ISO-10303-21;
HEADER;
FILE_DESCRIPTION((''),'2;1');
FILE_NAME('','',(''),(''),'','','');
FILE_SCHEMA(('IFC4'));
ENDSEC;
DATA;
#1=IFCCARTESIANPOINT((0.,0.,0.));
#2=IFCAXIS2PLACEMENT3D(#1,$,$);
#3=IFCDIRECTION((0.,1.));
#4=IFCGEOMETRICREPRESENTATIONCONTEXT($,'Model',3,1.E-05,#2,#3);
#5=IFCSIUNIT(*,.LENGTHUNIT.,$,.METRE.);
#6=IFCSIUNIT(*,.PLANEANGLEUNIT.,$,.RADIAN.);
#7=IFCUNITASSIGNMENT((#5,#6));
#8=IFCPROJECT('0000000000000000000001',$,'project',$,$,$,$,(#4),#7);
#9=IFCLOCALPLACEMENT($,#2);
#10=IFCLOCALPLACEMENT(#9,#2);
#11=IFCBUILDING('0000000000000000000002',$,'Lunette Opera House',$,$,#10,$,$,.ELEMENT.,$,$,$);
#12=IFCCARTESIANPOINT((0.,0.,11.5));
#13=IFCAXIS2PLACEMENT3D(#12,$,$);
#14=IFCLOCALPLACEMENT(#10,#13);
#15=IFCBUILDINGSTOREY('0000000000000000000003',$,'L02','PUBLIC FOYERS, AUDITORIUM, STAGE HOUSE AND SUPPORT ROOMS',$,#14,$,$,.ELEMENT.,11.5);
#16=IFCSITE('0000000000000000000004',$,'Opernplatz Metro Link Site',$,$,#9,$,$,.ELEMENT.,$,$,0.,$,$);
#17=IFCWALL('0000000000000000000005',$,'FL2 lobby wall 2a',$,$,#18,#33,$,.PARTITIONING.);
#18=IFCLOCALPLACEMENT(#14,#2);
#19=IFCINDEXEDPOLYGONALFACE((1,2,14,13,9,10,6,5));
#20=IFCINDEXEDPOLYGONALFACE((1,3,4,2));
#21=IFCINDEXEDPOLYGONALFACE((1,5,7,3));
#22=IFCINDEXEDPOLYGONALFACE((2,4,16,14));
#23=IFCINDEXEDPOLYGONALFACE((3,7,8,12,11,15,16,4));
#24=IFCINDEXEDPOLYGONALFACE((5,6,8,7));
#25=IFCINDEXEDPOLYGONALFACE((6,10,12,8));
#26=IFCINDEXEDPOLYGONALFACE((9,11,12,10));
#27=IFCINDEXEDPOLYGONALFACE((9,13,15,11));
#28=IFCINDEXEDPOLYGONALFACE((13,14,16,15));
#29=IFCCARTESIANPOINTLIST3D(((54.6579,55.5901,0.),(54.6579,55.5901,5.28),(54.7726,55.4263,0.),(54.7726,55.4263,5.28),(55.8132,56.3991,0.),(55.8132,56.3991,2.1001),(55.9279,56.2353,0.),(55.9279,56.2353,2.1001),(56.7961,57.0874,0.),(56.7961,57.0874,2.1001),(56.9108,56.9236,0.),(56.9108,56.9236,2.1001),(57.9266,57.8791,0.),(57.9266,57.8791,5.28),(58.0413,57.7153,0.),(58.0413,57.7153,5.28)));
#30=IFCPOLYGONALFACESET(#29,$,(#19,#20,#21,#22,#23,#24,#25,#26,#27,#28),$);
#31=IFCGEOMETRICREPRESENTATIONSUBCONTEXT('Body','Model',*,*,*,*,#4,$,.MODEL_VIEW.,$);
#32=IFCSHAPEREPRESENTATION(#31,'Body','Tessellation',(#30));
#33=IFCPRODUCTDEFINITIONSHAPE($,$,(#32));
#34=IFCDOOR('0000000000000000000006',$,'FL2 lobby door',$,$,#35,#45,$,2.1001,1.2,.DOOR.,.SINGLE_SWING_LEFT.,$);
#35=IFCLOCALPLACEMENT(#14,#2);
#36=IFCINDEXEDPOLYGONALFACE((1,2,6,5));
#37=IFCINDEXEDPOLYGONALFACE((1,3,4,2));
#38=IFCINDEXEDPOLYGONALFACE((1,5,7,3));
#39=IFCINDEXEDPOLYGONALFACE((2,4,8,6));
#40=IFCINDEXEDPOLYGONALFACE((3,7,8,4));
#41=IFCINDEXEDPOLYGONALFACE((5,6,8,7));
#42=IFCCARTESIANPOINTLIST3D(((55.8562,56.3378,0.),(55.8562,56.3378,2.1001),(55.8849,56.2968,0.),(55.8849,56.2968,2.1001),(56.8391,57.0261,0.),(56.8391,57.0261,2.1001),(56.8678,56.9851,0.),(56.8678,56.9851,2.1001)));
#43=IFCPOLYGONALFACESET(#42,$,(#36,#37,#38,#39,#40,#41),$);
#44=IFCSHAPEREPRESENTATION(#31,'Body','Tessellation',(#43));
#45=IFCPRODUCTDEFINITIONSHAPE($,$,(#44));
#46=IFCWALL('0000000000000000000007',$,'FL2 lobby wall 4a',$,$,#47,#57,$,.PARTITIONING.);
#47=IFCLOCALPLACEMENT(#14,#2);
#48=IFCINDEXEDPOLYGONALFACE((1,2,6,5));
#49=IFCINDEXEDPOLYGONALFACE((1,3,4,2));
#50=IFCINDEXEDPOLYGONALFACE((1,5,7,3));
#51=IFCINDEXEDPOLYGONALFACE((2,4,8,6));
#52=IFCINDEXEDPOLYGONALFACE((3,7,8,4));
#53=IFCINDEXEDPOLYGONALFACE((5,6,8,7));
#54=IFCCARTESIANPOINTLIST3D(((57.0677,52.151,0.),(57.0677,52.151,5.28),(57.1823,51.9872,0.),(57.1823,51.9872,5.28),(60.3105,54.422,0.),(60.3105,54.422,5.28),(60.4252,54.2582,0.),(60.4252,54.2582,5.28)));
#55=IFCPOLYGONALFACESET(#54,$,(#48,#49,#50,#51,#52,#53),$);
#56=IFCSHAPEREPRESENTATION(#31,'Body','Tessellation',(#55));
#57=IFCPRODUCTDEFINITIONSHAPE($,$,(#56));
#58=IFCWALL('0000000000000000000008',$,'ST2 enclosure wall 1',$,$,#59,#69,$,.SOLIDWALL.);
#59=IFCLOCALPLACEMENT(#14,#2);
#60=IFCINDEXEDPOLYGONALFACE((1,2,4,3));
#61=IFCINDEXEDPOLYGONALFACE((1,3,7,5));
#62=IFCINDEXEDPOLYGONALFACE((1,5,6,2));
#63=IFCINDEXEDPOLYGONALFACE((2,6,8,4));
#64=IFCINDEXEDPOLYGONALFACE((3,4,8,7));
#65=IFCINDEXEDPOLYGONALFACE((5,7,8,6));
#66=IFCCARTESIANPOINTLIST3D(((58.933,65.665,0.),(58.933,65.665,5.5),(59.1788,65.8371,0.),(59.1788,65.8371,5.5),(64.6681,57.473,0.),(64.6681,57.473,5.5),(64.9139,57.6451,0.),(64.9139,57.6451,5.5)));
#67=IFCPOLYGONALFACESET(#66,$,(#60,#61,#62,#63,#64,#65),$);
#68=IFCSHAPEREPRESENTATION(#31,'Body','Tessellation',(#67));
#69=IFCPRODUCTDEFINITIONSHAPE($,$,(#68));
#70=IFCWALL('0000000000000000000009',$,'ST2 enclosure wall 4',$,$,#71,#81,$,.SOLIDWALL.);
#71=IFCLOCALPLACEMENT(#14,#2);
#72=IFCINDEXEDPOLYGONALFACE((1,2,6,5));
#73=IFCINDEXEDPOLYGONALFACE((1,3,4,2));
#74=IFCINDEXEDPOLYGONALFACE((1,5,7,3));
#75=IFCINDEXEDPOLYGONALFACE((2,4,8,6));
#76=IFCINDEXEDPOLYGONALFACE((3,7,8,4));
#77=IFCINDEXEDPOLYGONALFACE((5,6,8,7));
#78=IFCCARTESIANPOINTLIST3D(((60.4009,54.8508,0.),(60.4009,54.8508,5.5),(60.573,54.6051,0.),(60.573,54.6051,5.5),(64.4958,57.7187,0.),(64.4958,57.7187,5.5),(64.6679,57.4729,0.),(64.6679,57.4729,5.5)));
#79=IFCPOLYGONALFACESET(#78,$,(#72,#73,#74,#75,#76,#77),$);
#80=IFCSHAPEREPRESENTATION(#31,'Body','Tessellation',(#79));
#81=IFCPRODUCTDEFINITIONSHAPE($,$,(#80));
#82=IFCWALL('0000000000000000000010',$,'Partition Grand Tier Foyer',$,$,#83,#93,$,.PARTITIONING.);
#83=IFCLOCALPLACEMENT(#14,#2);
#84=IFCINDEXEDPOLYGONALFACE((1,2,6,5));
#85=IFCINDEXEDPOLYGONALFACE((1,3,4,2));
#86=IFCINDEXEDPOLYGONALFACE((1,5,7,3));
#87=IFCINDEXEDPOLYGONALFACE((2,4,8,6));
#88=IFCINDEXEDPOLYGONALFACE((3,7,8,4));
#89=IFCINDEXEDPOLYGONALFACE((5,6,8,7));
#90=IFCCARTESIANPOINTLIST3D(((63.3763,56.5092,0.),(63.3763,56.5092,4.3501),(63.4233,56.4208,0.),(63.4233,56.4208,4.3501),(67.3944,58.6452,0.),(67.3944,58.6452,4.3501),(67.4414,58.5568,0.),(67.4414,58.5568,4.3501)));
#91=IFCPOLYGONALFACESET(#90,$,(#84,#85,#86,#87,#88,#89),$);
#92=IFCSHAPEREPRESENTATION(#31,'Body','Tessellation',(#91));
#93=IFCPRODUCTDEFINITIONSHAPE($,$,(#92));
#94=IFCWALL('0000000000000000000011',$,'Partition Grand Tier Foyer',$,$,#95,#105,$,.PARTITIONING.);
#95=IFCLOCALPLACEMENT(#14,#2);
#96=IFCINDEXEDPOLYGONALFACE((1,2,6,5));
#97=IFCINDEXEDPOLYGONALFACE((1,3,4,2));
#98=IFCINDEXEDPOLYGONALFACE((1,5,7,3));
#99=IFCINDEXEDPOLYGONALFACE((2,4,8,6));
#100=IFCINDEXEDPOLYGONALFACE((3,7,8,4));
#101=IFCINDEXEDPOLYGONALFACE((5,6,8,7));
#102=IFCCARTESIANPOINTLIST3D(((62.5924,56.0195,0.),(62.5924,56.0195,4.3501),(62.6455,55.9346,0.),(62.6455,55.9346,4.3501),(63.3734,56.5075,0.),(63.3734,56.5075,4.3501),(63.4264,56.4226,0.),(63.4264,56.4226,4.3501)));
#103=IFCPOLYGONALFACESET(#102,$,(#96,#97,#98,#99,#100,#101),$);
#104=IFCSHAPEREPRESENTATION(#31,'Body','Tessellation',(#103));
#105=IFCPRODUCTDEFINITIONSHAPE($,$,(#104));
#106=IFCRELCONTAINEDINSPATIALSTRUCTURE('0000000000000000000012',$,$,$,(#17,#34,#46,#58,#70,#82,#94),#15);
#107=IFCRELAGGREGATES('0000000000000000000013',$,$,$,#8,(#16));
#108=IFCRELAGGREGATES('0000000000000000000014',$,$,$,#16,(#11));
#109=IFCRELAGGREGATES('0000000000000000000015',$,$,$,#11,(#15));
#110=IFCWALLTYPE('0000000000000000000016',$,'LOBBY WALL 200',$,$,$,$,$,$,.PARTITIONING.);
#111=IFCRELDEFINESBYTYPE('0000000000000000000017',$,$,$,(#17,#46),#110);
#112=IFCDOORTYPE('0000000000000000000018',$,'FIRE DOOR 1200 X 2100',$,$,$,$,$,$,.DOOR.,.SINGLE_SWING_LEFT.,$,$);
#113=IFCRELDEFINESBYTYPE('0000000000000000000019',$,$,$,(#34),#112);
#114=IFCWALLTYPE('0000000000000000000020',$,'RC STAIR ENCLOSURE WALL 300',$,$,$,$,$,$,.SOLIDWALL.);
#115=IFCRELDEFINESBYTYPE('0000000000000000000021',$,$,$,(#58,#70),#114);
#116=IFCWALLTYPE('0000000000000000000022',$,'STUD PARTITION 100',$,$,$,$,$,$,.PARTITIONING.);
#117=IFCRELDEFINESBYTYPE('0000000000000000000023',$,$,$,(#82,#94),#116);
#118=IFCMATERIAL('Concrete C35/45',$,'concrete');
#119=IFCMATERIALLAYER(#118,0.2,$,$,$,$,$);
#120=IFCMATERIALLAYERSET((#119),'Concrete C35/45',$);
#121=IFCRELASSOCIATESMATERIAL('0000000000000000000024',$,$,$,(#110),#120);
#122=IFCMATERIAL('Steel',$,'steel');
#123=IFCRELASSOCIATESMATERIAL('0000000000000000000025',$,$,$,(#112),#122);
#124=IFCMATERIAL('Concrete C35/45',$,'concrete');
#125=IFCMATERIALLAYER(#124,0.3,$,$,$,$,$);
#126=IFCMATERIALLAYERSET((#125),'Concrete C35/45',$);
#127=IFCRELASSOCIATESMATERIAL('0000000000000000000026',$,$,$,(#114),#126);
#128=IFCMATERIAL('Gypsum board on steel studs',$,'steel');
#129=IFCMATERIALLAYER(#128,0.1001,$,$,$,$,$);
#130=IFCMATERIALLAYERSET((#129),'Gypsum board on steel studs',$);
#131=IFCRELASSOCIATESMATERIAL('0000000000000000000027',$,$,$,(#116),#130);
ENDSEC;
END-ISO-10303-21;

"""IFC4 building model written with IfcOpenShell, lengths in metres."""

from ifc_helpers import new_model, si_unit, direction, frame, frame_2d, origin, place, context, subcontext, project, spatial, rectangle, extrude, material, layer, layer_set, type_object, element, fill, save


model = new_model("IFC4")

# Units and contexts
model_context = context("Model", 3, precision=1e-05, world=origin(), true_north=direction((0.0, 1.0)))
body_context = subcontext(model_context, "Body", "Model", "MODEL_VIEW")
ifc_project = project(units=[si_unit("LENGTHUNIT", "METRE"), si_unit("PLANEANGLEUNIT", "RADIAN")], contexts=[model_context])

# Site, building, storey
site_placement = place(None, origin())
site = spatial("IfcSite", under=ifc_project, at=site_placement, Name="Opernplatz Metro Link Site", CompositionType="ELEMENT", RefElevation=0.0)
building_placement = place(site_placement, origin())
building = spatial("IfcBuilding", under=site, at=building_placement, Name="Lunette Opera House", CompositionType="ELEMENT")
storey_placement = place(building_placement, frame((0.0, 0.0, 11.5)))
storey = spatial("IfcBuildingStorey", under=building, at=storey_placement, Name="L02", Description="PUBLIC FOYERS, AUDITORIUM, STAGE HOUSE AND SUPPORT ROOMS", CompositionType="ELEMENT", Elevation=11.5)

# Wall, opening, door
ifc_material_1 = material(Name="Concrete C35/45", Category="concrete")
ifc_layer_1 = layer(ifc_material_1, 0.2)
ifc_layer_set_1 = layer_set([ifc_layer_1], Name="Concrete C35/45")
wall_type_1 = type_object("IfcWallType", Name="LOBBY WALL 200", PredefinedType="PARTITIONING", material=ifc_layer_set_1)
wall_1_placement = place(storey_placement, frame((57.9839, 57.7971, 0.0), z_axis=(0.0, 0.0, 1.0), x_axis=(-0.819126, -0.573614, 0.0)))
wall_1 = element("IfcWall", 1, at=wall_1_placement, inside=storey, type_object=wall_type_1, Name="FL2 lobby wall 2a", PredefinedType="PARTITIONING", context=body_context, shape_type="SweptSolid", body=[
    extrude(rectangle(XDim=3.9905, YDim=0.2, at=frame_2d((1.9951, 0.0))), origin(), (0.0, 0.0, 1.0), 5.28),
])
opening_placement = place(wall_1_placement, frame((1.3799, 0.0, 0.0)))
opening = element("IfcOpeningElement", 2, at=opening_placement, cuts=wall_1, PredefinedType="OPENING", context=body_context, shape_type="SweptSolid", body=[
    extrude(rectangle(XDim=1.2, YDim=2.1001, at=frame_2d((0.6001, 1.05))), frame((0.0, 0.1121, 0.0), z_axis=(0.0, -1.0, 0.0), x_axis=(1.0, 0.0, 0.0)), (0.0, 0.0, 1.0), 0.2239),
])
ifc_material_2 = material(Name="Steel", Category="steel")
door_type = type_object("IfcDoorType", Name="FIRE DOOR 1200 X 2100", OperationType="SINGLE_SWING_LEFT", PredefinedType="DOOR", material=ifc_material_2)
door_placement = place(opening_placement, origin())
door = element("IfcDoor", 3, at=door_placement, inside=storey, type_object=door_type, Name="FL2 lobby door", OperationType="SINGLE_SWING_LEFT", OverallHeight=2.1001, OverallWidth=1.2, PredefinedType="DOOR", context=body_context, shape_type="SweptSolid", body=[
    extrude(rectangle(XDim=1.2, YDim=2.1001, at=frame_2d((0.6001, 1.05))), frame((0.0, 0.0249, 0.0), z_axis=(0.0, -1.0, 0.0), x_axis=(1.0, 0.0, 0.0)), (0.0, 0.0, 1.0), 0.05),
])
fill(opening, door)

# Walls
wall_2_placement = place(storey_placement, frame((57.125, 52.0691, 0.0), z_axis=(0.0, 0.0, 1.0), x_axis=(0.819119, 0.573624, 0.0)))
element("IfcWall", 4, at=wall_2_placement, inside=storey, type_object=wall_type_1, Name="FL2 lobby wall 4a", PredefinedType="PARTITIONING", context=body_context, shape_type="SweptSolid", body=[
    extrude(rectangle(XDim=3.959, YDim=0.2, at=frame_2d((1.9795, 0.0))), origin(), (0.0, 0.0, 1.0), 5.28),
])
ifc_material_3 = material(Name="Concrete C35/45", Category="concrete")
ifc_layer_2 = layer(ifc_material_3, 0.3)
ifc_layer_set_2 = layer_set([ifc_layer_2], Name="Concrete C35/45")
wall_type_2 = type_object("IfcWallType", Name="RC STAIR ENCLOSURE WALL 300", PredefinedType="SOLIDWALL", material=ifc_layer_set_2)
wall_3_placement = place(storey_placement, frame((64.791, 57.5591, 0.0), z_axis=(0.0, 0.0, 1.0), x_axis=(-0.573515, 0.819195, 0.0)))
element("IfcWall", 5, at=wall_3_placement, inside=storey, type_object=wall_type_2, Name="ST2 enclosure wall 1", PredefinedType="SOLIDWALL", context=body_context, shape_type="SweptSolid", body=[
    extrude(rectangle(XDim=10.0, YDim=0.3, at=frame_2d((5.0, 0.0))), origin(), (0.0, 0.0, 1.0), 5.5),
])
wall_4_placement = place(storey_placement, frame((60.4871, 54.728, 0.0), z_axis=(0.0, 0.0, 1.0), x_axis=(0.819097, 0.573656, 0.0)))
element("IfcWall", 6, at=wall_4_placement, inside=storey, type_object=wall_type_2, Name="ST2 enclosure wall 4", PredefinedType="SOLIDWALL", context=body_context, shape_type="SweptSolid", body=[
    extrude(rectangle(XDim=4.9993, YDim=0.3, at=frame_2d((2.4995, 0.0))), origin(), (0.0, 0.0, 1.0), 5.5),
])
ifc_material_4 = material(Name="Gypsum board on steel studs", Category="steel")
ifc_layer_3 = layer(ifc_material_4, 0.1001)
ifc_layer_set_3 = layer_set([ifc_layer_3], Name="Gypsum board on steel studs")
wall_type_3 = type_object("IfcWallType", Name="STUD PARTITION 100", PredefinedType="PARTITIONING", material=ifc_layer_set_3)
wall_5_placement = place(storey_placement, frame((67.418, 58.6011, 0.0), z_axis=(0.0, 0.0, 1.0), x_axis=(-0.882989, -0.469393, 0.0)))
element("IfcWall", 7, at=wall_5_placement, inside=storey, type_object=wall_type_3, Name="Partition Grand Tier Foyer", PredefinedType="PARTITIONING", context=body_context, shape_type="SweptSolid", body=[
    extrude(rectangle(XDim=4.5505, YDim=0.1001, at=frame_2d((2.2754, 0.0))), origin(), (0.0, 0.0, 1.0), 4.3501),
])
wall_6_placement = place(storey_placement, frame((63.3999, 56.4651, 0.0), z_axis=(0.0, 0.0, 1.0), x_axis=(-0.848043, -0.529927, 0.0)))
element("IfcWall", 8, at=wall_6_placement, inside=storey, type_object=wall_type_3, Name="Partition Grand Tier Foyer", PredefinedType="PARTITIONING", context=body_context, shape_type="SweptSolid", body=[
    extrude(rectangle(XDim=0.9209, YDim=0.1001, at=frame_2d((0.4604, 0.0))), origin(), (0.0, 0.0, 1.0), 4.3501),
])

save(model, "model.ifc")
